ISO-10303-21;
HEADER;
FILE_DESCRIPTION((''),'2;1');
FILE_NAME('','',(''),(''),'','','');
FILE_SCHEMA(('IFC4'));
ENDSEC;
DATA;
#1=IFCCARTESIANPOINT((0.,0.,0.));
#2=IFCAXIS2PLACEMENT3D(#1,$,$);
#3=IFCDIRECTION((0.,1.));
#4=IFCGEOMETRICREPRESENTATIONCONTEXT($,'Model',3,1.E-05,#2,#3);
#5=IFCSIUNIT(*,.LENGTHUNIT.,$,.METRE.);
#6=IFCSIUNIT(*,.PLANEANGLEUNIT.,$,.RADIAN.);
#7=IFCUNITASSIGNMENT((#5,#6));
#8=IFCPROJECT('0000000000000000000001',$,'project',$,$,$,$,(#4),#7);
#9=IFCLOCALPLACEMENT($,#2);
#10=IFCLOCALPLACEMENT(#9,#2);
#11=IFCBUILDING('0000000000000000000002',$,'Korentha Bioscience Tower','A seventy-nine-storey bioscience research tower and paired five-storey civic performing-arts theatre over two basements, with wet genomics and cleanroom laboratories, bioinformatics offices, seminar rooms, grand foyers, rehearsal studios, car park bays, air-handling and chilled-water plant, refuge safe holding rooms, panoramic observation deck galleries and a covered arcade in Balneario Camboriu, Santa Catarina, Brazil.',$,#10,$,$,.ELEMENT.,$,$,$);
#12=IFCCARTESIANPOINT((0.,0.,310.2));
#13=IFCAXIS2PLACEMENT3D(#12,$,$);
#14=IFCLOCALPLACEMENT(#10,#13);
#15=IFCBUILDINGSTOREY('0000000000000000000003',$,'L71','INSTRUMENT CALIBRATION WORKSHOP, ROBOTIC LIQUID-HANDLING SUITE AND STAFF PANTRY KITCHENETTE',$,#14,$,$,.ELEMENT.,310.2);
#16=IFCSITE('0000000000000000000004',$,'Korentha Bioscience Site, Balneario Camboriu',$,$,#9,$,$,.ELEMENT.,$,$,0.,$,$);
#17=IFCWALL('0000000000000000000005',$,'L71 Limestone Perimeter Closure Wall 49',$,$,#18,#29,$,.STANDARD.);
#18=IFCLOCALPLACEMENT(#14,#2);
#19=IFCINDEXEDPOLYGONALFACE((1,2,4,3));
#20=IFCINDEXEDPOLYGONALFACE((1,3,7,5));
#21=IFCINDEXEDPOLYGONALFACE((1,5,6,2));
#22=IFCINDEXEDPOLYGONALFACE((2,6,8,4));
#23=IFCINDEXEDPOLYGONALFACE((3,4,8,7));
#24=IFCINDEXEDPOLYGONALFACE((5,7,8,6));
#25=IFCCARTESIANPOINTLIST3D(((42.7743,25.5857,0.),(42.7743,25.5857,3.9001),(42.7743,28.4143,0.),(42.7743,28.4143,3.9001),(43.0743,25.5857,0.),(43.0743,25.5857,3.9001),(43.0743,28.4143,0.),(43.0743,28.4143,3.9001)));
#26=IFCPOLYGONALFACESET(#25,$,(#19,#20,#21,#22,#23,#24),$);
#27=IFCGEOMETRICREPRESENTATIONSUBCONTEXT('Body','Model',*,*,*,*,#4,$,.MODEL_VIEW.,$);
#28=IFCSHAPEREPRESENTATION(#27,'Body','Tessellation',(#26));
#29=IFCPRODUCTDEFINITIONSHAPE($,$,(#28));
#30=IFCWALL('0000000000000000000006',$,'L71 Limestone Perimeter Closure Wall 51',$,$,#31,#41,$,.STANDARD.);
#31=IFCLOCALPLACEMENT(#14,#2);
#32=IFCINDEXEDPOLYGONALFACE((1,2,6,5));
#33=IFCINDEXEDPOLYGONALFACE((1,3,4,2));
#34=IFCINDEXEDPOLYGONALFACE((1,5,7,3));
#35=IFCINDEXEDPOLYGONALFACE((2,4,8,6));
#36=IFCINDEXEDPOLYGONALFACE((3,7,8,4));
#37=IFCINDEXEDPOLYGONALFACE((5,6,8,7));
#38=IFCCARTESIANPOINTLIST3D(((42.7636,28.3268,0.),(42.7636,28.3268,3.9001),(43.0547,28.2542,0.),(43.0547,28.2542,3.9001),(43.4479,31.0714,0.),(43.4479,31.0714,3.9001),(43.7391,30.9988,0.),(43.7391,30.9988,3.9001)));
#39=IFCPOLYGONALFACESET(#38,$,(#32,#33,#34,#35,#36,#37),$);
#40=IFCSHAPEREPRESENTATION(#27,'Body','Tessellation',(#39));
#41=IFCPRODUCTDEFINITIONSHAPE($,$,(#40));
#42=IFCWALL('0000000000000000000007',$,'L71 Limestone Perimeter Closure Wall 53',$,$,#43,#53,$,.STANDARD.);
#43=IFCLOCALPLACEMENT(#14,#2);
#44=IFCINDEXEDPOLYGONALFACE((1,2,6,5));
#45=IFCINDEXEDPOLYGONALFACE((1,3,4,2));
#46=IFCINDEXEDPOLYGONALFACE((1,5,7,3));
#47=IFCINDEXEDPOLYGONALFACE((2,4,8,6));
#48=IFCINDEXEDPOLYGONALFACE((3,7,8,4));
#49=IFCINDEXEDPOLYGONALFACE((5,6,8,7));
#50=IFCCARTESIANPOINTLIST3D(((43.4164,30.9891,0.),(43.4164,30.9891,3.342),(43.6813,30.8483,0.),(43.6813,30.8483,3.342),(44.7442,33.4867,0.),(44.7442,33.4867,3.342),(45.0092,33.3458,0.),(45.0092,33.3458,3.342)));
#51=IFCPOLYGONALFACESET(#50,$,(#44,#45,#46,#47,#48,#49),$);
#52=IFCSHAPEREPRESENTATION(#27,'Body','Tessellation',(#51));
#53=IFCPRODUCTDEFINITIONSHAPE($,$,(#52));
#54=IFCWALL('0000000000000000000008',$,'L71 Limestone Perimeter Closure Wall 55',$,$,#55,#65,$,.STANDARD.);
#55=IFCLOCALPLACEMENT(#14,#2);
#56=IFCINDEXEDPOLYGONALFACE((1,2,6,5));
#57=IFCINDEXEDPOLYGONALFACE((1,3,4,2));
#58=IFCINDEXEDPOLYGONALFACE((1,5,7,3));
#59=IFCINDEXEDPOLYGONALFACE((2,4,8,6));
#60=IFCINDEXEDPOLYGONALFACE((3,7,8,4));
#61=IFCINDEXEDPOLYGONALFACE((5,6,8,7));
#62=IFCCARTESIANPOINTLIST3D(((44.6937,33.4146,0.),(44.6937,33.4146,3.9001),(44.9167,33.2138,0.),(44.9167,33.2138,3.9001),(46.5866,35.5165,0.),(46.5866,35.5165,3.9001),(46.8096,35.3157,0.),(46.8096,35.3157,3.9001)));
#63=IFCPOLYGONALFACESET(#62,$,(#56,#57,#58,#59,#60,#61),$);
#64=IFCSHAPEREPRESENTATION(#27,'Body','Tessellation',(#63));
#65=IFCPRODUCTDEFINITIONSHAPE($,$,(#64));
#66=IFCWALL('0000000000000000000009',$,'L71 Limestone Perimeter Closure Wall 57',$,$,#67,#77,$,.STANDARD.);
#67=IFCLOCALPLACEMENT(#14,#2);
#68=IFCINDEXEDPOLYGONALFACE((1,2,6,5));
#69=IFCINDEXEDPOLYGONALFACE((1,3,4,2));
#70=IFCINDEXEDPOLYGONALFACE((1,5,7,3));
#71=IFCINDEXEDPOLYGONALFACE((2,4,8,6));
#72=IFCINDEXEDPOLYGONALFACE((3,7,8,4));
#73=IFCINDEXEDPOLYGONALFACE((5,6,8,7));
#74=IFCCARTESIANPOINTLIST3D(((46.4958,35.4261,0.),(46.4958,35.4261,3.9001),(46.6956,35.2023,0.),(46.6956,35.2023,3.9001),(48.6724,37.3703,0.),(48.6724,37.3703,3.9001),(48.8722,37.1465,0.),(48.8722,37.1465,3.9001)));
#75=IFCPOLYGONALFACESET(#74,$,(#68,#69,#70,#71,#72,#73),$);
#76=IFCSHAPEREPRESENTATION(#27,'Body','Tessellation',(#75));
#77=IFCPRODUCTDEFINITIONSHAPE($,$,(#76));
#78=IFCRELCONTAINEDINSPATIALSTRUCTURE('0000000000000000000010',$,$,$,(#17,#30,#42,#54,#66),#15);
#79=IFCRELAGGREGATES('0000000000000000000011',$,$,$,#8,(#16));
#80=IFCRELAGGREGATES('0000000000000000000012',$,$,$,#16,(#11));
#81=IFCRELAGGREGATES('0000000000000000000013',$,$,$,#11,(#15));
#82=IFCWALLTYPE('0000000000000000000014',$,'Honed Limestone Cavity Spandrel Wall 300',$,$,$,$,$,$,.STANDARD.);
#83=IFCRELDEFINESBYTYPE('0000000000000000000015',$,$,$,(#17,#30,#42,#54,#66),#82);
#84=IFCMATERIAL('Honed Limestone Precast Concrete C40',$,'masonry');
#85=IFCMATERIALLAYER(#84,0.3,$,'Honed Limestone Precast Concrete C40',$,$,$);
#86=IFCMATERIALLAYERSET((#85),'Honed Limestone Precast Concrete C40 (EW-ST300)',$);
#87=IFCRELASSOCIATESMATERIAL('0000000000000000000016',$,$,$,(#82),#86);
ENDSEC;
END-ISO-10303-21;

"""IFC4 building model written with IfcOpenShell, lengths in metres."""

from ifc_helpers import new_model, si_unit, direction, frame, frame_2d, origin, place, context, subcontext, project, spatial, rectangle, extrude, material, layer, layer_set, type_object, element, save


model = new_model("IFC4")

# Units and contexts
model_context = context("Model", 3, precision=1e-05, world=origin(), true_north=direction((0.0, 1.0)))
body_context = subcontext(model_context, "Body", "Model", "MODEL_VIEW")
ifc_project = project(units=[si_unit("LENGTHUNIT", "METRE"), si_unit("PLANEANGLEUNIT", "RADIAN")], contexts=[model_context])

# Site, building, storey
site_placement = place(None, origin())
site = spatial("IfcSite", under=ifc_project, at=site_placement, Name="Korentha Bioscience Site, Balneario Camboriu", CompositionType="ELEMENT", RefElevation=0.0)
building_placement = place(site_placement, origin())
building = spatial("IfcBuilding", under=site, at=building_placement, Name="Korentha Bioscience Tower", Description="A seventy-nine-storey bioscience research tower and paired five-storey civic performing-arts theatre over two basements, with wet genomics and cleanroom laboratories, bioinformatics offices, seminar rooms, grand foyers, rehearsal studios, car park bays, air-handling and chilled-water plant, refuge safe holding rooms, panoramic observation deck galleries and a covered arcade in Balneario Camboriu, Santa Catarina, Brazil.", CompositionType="ELEMENT")
storey_placement = place(building_placement, frame((0.0, 0.0, 310.2)))
storey = spatial("IfcBuildingStorey", under=building, at=storey_placement, Name="L71", Description="INSTRUMENT CALIBRATION WORKSHOP, ROBOTIC LIQUID-HANDLING SUITE AND STAFF PANTRY KITCHENETTE", CompositionType="ELEMENT", Elevation=310.2)

# Walls
ifc_material_1 = material(Name="Honed Limestone Precast Concrete C40", Category="masonry")
ifc_layer_1 = layer(ifc_material_1, 0.3, Name="Honed Limestone Precast Concrete C40")
ifc_layer_set_1 = layer_set([ifc_layer_1], Name="Honed Limestone Precast Concrete C40 (EW-ST300)")
wall_type_1 = type_object("IfcWallType", Name="Honed Limestone Cavity Spandrel Wall 300", PredefinedType="STANDARD", material=ifc_layer_set_1)
for number, where, z_axis, x_axis, name in (
    (1, (42.9243, 25.5857, 0.0), (0.0, 0.0, 1.0), (0.0, 1.0, 0.0), "L71 Limestone Perimeter Closure Wall 49"),
    (2, (42.9092, 28.2905, 0.0), (0.0, 0.0, 1.0), (0.241926, 0.970295, 0.0), "L71 Limestone Perimeter Closure Wall 51"),
):
    element("IfcWall", number, at=place(storey_placement, frame(where, z_axis=z_axis, x_axis=x_axis)), inside=storey, type_object=wall_type_1, Name=name, PredefinedType="STANDARD", context=body_context, shape_type="SweptSolid", body=[
        extrude(rectangle(XDim=2.8286, YDim=0.3, at=frame_2d((1.4143, 0.0))), origin(), (0.0, 0.0, 1.0), 3.9001),
    ])
wall_1_placement = place(storey_placement, frame((43.5488, 30.9187, 0.0), z_axis=(0.0, 0.0, 1.0), x_axis=(0.469445, 0.882961, 0.0)))
element("IfcWall", 3, at=wall_1_placement, inside=storey, type_object=wall_type_1, Name="L71 Limestone Perimeter Closure Wall 53", PredefinedType="STANDARD", context=body_context, shape_type="SweptSolid", body=[
    extrude(rectangle(XDim=2.8286, YDim=0.3, at=frame_2d((1.4143, 0.0))), origin(), (0.0, 0.0, 1.0), 3.342),
])
wall_2_placement = place(storey_placement, frame((44.8052, 33.3142, 0.0), z_axis=(0.0, 0.0, 1.0), x_axis=(0.669198, 0.743084, 0.0)))
element("IfcWall", 4, at=wall_2_placement, inside=storey, type_object=wall_type_1, Name="L71 Limestone Perimeter Closure Wall 55", PredefinedType="STANDARD", context=body_context, shape_type="SweptSolid", body=[
    extrude(rectangle(XDim=2.8286, YDim=0.3, at=frame_2d((1.4143, 0.0))), origin(), (0.0, 0.0, 1.0), 3.9001),
])
wall_3_placement = place(storey_placement, frame((46.5957, 35.3142, 0.0), z_axis=(0.0, 0.0, 1.0), x_axis=(0.745806, 0.666164, 0.0)))
element("IfcWall", 5, at=wall_3_placement, inside=storey, type_object=wall_type_1, Name="L71 Limestone Perimeter Closure Wall 57", PredefinedType="STANDARD", context=body_context, shape_type="SweptSolid", body=[
    extrude(rectangle(XDim=2.9185, YDim=0.3, at=frame_2d((1.4592, 0.0))), origin(), (0.0, 0.0, 1.0), 3.9001),
])

save(model, "model.ifc")
